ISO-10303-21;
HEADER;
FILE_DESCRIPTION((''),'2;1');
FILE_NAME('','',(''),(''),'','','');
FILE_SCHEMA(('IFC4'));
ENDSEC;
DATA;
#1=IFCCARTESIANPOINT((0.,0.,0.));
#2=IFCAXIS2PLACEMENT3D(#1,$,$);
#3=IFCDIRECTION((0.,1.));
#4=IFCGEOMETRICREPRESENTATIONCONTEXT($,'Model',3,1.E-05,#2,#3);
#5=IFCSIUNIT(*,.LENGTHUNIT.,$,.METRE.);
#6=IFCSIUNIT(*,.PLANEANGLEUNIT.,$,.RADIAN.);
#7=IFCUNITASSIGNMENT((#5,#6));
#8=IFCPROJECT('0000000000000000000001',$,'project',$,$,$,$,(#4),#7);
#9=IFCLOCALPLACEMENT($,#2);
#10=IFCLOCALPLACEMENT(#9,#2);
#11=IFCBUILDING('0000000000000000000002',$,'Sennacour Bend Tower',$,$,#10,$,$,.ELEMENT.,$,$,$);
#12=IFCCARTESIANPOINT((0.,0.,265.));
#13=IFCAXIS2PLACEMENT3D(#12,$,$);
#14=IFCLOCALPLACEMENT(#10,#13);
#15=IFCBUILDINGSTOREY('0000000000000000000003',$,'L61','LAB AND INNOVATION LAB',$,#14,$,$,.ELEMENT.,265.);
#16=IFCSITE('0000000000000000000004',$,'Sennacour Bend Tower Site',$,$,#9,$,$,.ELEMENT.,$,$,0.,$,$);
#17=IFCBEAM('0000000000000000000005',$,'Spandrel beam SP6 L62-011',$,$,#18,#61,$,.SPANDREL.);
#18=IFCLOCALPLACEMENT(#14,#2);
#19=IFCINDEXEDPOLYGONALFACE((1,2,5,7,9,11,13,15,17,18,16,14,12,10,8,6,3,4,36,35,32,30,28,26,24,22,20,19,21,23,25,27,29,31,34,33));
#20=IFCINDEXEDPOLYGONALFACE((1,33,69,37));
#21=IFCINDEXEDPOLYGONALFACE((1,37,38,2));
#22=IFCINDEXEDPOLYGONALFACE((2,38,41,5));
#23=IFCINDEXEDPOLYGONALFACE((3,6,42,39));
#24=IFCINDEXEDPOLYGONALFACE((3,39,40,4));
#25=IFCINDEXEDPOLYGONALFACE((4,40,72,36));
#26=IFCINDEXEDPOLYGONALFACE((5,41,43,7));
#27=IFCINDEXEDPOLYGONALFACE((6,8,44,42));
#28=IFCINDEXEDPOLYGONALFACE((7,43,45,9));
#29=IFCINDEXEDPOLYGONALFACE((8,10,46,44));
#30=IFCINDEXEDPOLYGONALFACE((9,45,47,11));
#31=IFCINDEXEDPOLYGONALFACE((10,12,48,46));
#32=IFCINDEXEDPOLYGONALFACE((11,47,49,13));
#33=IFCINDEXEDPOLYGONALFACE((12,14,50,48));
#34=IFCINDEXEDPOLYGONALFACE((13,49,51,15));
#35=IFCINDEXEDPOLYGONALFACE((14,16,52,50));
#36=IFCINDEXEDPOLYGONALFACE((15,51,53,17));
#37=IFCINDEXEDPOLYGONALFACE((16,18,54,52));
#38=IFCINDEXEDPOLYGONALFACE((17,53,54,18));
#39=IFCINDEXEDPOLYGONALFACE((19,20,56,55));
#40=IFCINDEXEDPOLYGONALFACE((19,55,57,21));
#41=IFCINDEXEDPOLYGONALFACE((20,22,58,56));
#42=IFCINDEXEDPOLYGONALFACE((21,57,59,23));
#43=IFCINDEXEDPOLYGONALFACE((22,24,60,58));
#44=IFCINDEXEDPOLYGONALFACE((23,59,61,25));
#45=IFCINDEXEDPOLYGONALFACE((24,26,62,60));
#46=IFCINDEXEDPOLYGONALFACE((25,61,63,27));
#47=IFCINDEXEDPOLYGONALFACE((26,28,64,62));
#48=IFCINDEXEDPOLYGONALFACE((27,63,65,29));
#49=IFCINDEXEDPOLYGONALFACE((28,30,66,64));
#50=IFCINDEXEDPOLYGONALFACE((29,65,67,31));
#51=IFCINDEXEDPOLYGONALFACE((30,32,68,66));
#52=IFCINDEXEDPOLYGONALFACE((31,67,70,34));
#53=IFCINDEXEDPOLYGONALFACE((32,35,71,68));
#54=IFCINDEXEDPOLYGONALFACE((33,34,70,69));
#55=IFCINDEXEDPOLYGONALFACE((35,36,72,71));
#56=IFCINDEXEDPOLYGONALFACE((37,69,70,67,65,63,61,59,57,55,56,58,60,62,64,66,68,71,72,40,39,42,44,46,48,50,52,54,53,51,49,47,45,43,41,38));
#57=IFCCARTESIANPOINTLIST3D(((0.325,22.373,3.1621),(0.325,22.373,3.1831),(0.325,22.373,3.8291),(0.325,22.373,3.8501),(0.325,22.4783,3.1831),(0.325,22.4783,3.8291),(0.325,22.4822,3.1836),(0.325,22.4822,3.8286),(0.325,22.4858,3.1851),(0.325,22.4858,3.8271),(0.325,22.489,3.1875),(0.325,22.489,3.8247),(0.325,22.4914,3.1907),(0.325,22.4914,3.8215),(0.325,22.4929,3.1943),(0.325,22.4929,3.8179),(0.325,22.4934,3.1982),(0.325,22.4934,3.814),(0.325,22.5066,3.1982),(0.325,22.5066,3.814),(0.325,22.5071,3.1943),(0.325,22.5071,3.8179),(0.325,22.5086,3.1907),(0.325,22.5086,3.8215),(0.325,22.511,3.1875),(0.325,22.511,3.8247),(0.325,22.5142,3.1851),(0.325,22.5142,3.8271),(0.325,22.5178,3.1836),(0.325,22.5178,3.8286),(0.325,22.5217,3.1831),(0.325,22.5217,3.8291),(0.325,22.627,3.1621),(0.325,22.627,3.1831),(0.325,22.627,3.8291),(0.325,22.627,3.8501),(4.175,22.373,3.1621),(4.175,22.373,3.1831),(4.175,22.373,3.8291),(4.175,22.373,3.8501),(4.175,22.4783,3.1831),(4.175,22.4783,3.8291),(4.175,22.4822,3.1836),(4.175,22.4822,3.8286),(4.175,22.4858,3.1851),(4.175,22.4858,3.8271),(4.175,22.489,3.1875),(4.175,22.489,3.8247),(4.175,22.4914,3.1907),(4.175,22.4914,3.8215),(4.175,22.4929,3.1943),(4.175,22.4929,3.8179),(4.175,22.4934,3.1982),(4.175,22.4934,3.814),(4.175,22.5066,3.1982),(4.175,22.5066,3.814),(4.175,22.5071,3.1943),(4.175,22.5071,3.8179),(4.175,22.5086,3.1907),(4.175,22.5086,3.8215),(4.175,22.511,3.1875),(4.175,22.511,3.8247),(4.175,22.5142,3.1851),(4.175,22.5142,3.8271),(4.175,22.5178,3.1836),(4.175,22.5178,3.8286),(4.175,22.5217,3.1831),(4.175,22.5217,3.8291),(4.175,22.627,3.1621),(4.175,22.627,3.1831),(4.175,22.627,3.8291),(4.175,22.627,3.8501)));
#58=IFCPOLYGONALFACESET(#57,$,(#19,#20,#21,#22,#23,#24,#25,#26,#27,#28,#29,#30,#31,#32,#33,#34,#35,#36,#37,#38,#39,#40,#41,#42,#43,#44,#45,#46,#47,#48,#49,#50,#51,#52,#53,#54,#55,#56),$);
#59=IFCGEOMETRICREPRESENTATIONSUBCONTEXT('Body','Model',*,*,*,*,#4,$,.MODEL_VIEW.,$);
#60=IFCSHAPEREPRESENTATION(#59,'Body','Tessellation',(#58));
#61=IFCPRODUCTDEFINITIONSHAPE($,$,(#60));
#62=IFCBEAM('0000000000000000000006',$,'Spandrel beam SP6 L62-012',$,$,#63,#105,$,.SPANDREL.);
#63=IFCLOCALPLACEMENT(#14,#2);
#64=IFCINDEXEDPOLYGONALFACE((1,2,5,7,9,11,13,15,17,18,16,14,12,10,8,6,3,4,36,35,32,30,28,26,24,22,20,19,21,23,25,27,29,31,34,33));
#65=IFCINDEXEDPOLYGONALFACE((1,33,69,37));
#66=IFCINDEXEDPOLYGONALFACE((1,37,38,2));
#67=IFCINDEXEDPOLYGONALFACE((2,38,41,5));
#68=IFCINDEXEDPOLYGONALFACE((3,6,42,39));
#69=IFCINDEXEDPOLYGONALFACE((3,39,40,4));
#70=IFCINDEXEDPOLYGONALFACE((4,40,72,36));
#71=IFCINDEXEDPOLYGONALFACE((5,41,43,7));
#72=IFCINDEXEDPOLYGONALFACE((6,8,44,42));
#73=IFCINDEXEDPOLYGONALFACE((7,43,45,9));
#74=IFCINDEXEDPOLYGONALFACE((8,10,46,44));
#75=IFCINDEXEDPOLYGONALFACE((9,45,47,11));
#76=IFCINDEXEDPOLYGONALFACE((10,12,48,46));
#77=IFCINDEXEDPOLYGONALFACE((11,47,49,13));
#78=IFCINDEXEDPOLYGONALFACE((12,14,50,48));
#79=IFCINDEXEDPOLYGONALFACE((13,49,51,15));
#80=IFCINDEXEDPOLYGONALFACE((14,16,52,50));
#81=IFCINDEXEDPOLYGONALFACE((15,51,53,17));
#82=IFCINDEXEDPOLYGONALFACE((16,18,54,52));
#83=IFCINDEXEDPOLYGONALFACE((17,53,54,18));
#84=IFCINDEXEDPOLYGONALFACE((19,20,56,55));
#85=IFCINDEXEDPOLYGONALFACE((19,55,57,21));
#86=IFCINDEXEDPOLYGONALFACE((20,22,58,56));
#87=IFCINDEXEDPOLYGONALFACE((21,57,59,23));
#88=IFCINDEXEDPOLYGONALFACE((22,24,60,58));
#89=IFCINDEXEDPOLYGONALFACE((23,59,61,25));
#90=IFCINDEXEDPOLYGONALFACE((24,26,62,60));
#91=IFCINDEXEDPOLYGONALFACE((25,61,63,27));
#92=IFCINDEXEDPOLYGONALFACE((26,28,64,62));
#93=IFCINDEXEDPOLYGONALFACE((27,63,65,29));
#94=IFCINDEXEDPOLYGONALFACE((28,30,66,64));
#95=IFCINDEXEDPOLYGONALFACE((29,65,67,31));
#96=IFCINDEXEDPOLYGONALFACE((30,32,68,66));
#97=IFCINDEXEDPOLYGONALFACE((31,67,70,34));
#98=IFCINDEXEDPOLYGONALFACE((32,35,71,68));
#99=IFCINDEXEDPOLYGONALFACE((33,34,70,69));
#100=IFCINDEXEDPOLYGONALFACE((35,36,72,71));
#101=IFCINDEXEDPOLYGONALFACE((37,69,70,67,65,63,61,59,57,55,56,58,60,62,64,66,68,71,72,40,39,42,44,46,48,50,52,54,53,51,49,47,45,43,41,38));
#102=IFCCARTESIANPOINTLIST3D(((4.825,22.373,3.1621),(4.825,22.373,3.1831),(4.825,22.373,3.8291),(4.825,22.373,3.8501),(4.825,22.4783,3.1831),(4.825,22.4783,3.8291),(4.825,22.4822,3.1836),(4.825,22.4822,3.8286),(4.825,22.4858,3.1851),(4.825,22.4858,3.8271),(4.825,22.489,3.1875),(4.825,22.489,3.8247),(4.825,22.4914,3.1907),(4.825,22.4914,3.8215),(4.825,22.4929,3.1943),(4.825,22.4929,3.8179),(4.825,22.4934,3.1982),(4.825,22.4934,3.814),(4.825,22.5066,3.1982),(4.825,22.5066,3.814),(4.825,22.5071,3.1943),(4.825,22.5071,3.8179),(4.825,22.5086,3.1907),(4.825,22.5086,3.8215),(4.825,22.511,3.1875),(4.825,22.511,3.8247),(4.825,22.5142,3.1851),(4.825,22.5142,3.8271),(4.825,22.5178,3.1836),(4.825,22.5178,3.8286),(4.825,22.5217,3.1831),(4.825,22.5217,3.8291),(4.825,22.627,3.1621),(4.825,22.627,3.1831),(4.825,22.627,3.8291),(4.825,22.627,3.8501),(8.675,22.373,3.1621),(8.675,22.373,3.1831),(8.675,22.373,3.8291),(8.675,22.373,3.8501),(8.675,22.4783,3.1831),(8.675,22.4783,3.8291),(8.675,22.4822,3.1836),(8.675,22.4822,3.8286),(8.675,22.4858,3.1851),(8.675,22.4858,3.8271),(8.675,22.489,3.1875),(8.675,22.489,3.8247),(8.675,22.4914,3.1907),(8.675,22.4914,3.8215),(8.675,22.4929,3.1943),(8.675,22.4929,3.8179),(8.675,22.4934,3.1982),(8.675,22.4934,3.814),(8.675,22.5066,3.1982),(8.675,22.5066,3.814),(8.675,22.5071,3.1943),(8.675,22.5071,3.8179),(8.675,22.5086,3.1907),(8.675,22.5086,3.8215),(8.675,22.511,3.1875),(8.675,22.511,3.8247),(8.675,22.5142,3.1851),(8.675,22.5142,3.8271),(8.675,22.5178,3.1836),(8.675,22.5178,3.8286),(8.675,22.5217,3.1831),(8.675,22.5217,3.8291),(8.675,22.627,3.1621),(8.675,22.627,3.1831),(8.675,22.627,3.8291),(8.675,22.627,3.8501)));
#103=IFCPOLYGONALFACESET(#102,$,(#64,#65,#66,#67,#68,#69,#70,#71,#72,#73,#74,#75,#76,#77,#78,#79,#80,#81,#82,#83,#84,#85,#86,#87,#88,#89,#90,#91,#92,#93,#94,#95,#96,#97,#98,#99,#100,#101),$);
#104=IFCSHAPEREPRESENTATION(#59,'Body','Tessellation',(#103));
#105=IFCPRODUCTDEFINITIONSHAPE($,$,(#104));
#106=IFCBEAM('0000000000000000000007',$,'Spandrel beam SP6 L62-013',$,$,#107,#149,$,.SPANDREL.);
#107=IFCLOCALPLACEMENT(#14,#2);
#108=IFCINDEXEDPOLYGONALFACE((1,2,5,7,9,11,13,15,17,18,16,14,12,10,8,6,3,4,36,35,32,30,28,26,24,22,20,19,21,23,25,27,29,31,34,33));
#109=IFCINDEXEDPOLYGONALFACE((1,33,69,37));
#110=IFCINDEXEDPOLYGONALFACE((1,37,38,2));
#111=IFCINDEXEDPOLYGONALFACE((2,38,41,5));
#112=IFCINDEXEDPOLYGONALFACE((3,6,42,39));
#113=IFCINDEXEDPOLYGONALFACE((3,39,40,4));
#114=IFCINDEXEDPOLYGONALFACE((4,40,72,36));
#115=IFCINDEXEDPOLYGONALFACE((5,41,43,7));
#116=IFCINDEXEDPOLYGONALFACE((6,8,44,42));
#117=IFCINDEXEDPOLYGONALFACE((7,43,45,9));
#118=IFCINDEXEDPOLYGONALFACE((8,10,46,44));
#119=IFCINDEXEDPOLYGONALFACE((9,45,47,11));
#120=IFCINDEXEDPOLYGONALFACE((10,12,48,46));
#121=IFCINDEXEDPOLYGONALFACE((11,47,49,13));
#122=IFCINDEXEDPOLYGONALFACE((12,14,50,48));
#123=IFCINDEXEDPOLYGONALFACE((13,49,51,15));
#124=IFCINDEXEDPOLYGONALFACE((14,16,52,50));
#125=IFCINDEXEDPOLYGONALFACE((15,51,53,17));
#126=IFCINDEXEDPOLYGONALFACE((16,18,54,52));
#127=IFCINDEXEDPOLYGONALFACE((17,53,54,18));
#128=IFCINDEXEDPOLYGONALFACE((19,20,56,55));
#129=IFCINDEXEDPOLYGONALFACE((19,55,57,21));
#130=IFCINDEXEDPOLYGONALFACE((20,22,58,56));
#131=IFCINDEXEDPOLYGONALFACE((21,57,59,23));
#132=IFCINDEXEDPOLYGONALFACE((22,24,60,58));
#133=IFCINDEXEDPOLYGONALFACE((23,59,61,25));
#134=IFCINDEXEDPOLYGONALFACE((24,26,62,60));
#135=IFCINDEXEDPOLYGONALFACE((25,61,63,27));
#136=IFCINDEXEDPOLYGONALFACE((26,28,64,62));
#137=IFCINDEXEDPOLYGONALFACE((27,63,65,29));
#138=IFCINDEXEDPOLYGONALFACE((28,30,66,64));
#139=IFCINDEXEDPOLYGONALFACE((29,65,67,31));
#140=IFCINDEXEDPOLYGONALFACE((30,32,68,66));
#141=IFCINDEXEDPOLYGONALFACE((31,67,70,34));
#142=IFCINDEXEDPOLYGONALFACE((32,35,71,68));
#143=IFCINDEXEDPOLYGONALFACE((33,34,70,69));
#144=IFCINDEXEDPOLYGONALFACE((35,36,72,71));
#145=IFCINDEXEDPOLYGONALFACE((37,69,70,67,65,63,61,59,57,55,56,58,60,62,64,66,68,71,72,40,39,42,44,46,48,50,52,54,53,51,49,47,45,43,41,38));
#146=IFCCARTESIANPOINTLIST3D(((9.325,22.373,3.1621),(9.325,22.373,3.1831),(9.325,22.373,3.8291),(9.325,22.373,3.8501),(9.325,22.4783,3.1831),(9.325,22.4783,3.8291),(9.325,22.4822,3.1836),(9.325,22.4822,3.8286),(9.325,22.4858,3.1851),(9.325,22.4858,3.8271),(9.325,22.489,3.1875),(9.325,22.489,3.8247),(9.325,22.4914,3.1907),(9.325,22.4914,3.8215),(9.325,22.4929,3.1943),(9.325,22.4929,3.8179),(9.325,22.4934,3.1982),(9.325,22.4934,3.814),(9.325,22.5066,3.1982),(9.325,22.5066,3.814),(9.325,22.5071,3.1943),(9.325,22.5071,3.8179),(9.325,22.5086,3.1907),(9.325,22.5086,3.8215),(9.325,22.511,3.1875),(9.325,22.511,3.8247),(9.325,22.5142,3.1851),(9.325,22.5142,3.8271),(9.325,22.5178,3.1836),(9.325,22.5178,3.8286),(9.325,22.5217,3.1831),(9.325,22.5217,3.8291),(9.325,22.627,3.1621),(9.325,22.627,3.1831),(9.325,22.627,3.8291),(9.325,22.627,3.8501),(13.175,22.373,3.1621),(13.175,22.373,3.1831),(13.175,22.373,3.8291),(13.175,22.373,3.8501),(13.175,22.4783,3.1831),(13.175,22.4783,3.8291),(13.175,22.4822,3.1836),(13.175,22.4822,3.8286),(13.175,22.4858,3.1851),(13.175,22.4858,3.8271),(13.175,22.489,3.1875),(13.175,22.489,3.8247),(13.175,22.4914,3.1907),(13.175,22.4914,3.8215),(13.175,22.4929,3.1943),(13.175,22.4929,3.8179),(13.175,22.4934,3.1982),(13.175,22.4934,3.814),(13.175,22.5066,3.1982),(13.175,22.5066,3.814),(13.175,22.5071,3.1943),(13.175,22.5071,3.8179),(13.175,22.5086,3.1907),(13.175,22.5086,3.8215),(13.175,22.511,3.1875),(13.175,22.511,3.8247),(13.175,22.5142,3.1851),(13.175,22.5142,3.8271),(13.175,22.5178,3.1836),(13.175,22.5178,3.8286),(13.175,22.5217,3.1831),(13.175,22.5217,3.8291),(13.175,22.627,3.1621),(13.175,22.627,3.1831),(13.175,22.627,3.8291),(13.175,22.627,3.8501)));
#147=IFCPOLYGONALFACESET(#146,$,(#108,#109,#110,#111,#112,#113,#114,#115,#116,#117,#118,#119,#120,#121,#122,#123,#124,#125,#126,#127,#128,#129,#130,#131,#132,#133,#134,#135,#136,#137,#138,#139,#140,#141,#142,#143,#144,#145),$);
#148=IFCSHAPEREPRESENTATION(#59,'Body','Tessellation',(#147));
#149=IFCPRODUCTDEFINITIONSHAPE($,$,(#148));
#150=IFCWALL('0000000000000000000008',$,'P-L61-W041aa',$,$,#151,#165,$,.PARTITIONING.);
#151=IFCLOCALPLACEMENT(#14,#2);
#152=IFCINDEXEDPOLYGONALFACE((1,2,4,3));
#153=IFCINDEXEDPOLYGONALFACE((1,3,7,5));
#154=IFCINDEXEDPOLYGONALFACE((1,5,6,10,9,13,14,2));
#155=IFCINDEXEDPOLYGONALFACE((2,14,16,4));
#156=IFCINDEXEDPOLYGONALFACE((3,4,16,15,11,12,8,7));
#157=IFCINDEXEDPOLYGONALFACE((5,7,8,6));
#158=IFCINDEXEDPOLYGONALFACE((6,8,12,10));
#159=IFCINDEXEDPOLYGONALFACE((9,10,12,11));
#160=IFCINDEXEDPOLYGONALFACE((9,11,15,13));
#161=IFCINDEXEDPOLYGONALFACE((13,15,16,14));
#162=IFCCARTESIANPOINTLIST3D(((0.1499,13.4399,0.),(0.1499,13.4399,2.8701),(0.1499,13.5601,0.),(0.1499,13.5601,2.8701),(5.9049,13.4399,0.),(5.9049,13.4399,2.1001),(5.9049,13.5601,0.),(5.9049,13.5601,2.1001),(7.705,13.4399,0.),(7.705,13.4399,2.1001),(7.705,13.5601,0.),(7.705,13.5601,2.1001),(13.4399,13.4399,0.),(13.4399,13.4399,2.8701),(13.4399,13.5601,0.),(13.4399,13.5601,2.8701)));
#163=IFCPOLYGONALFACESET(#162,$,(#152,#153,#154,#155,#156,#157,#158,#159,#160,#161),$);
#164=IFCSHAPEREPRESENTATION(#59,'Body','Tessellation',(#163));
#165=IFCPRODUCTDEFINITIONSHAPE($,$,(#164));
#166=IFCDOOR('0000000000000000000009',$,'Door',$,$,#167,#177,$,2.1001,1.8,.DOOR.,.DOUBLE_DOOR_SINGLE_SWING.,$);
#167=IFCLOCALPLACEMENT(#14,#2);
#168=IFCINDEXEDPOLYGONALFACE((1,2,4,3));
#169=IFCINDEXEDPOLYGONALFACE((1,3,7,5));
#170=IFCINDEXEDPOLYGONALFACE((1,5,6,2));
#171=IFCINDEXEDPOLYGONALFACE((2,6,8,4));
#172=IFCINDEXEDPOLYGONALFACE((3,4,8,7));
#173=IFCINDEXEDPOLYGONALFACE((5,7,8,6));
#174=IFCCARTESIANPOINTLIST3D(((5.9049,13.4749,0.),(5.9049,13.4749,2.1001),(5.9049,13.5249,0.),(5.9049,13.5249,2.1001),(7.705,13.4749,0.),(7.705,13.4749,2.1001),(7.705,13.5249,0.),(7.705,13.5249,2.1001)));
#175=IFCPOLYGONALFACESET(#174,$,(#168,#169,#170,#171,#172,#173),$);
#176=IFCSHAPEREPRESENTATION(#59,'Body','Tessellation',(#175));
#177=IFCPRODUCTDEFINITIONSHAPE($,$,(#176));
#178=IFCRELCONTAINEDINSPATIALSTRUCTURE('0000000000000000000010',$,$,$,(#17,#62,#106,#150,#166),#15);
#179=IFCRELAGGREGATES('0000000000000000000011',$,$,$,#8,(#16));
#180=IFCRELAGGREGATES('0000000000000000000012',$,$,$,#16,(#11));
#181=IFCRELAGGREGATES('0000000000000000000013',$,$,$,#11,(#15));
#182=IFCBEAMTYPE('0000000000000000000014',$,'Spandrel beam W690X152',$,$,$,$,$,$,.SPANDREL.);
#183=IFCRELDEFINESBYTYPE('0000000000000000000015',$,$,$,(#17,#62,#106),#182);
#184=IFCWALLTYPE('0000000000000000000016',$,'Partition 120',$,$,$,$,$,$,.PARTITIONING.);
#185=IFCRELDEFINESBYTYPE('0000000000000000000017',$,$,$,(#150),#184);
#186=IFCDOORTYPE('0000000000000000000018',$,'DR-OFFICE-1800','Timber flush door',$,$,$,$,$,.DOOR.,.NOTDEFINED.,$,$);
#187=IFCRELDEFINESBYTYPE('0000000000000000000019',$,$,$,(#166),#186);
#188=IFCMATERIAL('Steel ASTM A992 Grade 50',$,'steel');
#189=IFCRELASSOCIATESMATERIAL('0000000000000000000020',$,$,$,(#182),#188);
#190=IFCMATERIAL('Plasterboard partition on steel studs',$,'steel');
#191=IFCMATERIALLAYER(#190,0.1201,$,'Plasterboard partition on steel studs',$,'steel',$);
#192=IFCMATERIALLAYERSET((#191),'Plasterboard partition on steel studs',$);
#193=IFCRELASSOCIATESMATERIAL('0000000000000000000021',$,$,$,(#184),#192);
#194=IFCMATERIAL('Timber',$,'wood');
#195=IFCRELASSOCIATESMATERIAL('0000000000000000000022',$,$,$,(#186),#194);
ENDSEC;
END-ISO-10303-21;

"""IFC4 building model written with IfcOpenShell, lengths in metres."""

from ifc_helpers import new_model, si_unit, direction, frame, frame_2d, origin, origin_2d, place, context, subcontext, project, spatial, rectangle, i_section, extrude, material, layer, layer_set, material_profile, profile_set, type_object, element, fill, save


model = new_model("IFC4")

# Units and contexts
model_context = context("Model", 3, precision=1e-05, world=origin(), true_north=direction((0.0, 1.0)))
body_context = subcontext(model_context, "Body", "Model", "MODEL_VIEW")
ifc_project = project(units=[si_unit("LENGTHUNIT", "METRE"), si_unit("PLANEANGLEUNIT", "RADIAN")], contexts=[model_context])

# Site, building, storey
site_placement = place(None, origin())
site = spatial("IfcSite", under=ifc_project, at=site_placement, Name="Sennacour Bend Tower Site", CompositionType="ELEMENT", RefElevation=0.0)
building_placement = place(site_placement, origin())
building = spatial("IfcBuilding", under=site, at=building_placement, Name="Sennacour Bend Tower", CompositionType="ELEMENT")
storey_placement = place(building_placement, frame((0.0, 0.0, 265.0)))
storey = spatial("IfcBuildingStorey", under=building, at=storey_placement, Name="L61", Description="LAB AND INNOVATION LAB", CompositionType="ELEMENT", Elevation=265.0)

# Beams
ifc_material_1 = material(Name="Steel ASTM A992 Grade 50", Category="steel")
ifc_material_profile_1 = material_profile(ifc_material_1, i_section(OverallWidth=0.2539, OverallDepth=0.688, WebThickness=0.0132, FlangeThickness=0.021, FilletRadius=0.0151, at=origin_2d()), Name="Steel ASTM A992 Grade 50", Category="steel")
ifc_profile_set_1 = profile_set([ifc_material_profile_1], Name="Steel ASTM A992 Grade 50")
beam_type = type_object("IfcBeamType", Name="Spandrel beam W690X152", PredefinedType="SPANDREL", material=ifc_profile_set_1)
for number, where, z_axis, x_axis, name in (
    (1, (0.325, 22.5, 3.5061), (1.0, 0.0, 0.0), (0.0, 1.0, 0.0), "Spandrel beam SP6 L62-011"),
    (2, (4.825, 22.5, 3.5061), (1.0, 0.0, 0.0), (0.0, 1.0, 0.0), "Spandrel beam SP6 L62-012"),
    (3, (9.325, 22.5, 3.5061), (1.0, 0.0, 0.0), (0.0, 1.0, 0.0), "Spandrel beam SP6 L62-013"),
):
    element("IfcBeam", number, at=place(storey_placement, frame(where, z_axis=z_axis, x_axis=x_axis)), inside=storey, type_object=beam_type, Name=name, PredefinedType="SPANDREL", context=body_context, shape_type="SweptSolid", body=[
        extrude(i_section(OverallWidth=0.2539, OverallDepth=0.688, WebThickness=0.0132, FlangeThickness=0.021, FilletRadius=0.0151, at=origin_2d()), origin(), (0.0, 0.0, 1.0), 3.8501),
    ])

# Wall, opening, door
ifc_material_2 = material(Name="Plasterboard partition on steel studs", Category="steel")
ifc_layer_1 = layer(ifc_material_2, 0.1201, Name="Plasterboard partition on steel studs", Category="steel")
ifc_layer_set_1 = layer_set([ifc_layer_1], Name="Plasterboard partition on steel studs")
wall_type_1 = type_object("IfcWallType", Name="Partition 120", PredefinedType="PARTITIONING", material=ifc_layer_set_1)
wall_1_placement = place(storey_placement, frame((0.1499, 13.5, 0.0), z_axis=(0.0, 0.0, 1.0), x_axis=(1.0, 0.0, 0.0)))
wall_1 = element("IfcWall", 4, at=wall_1_placement, inside=storey, type_object=wall_type_1, Name="P-L61-W041aa", PredefinedType="PARTITIONING", context=body_context, shape_type="SweptSolid", body=[
    extrude(rectangle(XDim=13.29, YDim=0.1201, at=frame_2d((6.645, 0.0))), origin(), (0.0, 0.0, 1.0), 2.8701),
])
opening_1_placement = place(wall_1_placement, frame((5.7551, 0.0, 0.0)))
opening_1 = element("IfcOpeningElement", 5, at=opening_1_placement, cuts=wall_1, PredefinedType="OPENING", context=body_context, shape_type="SweptSolid", body=[
    extrude(rectangle(XDim=1.8, YDim=2.1001, at=frame_2d((0.8999, 1.05))), frame((0.0, 0.0701, 0.0), z_axis=(0.0, -1.0, 0.0), x_axis=(1.0, 0.0, 0.0)), (0.0, 0.0, 1.0), 0.1401),
])
ifc_material_3 = material(Name="Timber", Category="wood")
door_type = type_object("IfcDoorType", Name="DR-OFFICE-1800", Description="Timber flush door", OperationType="NOTDEFINED", PredefinedType="DOOR", material=ifc_material_3)
door_placement = place(opening_1_placement, origin())
door = element("IfcDoor", 6, at=door_placement, inside=storey, type_object=door_type, Name="Door", OperationType="DOUBLE_DOOR_SINGLE_SWING", OverallHeight=2.1001, OverallWidth=1.8, PredefinedType="DOOR", context=body_context, shape_type="SweptSolid", body=[
    extrude(rectangle(XDim=1.8, YDim=2.1001, at=frame_2d((0.8999, 1.05))), frame((0.0, 0.0249, 0.0), z_axis=(0.0, -1.0, 0.0), x_axis=(1.0, 0.0, 0.0)), (0.0, 0.0, 1.0), 0.05),
])
fill(opening_1, door)

save(model, "model.ifc")
